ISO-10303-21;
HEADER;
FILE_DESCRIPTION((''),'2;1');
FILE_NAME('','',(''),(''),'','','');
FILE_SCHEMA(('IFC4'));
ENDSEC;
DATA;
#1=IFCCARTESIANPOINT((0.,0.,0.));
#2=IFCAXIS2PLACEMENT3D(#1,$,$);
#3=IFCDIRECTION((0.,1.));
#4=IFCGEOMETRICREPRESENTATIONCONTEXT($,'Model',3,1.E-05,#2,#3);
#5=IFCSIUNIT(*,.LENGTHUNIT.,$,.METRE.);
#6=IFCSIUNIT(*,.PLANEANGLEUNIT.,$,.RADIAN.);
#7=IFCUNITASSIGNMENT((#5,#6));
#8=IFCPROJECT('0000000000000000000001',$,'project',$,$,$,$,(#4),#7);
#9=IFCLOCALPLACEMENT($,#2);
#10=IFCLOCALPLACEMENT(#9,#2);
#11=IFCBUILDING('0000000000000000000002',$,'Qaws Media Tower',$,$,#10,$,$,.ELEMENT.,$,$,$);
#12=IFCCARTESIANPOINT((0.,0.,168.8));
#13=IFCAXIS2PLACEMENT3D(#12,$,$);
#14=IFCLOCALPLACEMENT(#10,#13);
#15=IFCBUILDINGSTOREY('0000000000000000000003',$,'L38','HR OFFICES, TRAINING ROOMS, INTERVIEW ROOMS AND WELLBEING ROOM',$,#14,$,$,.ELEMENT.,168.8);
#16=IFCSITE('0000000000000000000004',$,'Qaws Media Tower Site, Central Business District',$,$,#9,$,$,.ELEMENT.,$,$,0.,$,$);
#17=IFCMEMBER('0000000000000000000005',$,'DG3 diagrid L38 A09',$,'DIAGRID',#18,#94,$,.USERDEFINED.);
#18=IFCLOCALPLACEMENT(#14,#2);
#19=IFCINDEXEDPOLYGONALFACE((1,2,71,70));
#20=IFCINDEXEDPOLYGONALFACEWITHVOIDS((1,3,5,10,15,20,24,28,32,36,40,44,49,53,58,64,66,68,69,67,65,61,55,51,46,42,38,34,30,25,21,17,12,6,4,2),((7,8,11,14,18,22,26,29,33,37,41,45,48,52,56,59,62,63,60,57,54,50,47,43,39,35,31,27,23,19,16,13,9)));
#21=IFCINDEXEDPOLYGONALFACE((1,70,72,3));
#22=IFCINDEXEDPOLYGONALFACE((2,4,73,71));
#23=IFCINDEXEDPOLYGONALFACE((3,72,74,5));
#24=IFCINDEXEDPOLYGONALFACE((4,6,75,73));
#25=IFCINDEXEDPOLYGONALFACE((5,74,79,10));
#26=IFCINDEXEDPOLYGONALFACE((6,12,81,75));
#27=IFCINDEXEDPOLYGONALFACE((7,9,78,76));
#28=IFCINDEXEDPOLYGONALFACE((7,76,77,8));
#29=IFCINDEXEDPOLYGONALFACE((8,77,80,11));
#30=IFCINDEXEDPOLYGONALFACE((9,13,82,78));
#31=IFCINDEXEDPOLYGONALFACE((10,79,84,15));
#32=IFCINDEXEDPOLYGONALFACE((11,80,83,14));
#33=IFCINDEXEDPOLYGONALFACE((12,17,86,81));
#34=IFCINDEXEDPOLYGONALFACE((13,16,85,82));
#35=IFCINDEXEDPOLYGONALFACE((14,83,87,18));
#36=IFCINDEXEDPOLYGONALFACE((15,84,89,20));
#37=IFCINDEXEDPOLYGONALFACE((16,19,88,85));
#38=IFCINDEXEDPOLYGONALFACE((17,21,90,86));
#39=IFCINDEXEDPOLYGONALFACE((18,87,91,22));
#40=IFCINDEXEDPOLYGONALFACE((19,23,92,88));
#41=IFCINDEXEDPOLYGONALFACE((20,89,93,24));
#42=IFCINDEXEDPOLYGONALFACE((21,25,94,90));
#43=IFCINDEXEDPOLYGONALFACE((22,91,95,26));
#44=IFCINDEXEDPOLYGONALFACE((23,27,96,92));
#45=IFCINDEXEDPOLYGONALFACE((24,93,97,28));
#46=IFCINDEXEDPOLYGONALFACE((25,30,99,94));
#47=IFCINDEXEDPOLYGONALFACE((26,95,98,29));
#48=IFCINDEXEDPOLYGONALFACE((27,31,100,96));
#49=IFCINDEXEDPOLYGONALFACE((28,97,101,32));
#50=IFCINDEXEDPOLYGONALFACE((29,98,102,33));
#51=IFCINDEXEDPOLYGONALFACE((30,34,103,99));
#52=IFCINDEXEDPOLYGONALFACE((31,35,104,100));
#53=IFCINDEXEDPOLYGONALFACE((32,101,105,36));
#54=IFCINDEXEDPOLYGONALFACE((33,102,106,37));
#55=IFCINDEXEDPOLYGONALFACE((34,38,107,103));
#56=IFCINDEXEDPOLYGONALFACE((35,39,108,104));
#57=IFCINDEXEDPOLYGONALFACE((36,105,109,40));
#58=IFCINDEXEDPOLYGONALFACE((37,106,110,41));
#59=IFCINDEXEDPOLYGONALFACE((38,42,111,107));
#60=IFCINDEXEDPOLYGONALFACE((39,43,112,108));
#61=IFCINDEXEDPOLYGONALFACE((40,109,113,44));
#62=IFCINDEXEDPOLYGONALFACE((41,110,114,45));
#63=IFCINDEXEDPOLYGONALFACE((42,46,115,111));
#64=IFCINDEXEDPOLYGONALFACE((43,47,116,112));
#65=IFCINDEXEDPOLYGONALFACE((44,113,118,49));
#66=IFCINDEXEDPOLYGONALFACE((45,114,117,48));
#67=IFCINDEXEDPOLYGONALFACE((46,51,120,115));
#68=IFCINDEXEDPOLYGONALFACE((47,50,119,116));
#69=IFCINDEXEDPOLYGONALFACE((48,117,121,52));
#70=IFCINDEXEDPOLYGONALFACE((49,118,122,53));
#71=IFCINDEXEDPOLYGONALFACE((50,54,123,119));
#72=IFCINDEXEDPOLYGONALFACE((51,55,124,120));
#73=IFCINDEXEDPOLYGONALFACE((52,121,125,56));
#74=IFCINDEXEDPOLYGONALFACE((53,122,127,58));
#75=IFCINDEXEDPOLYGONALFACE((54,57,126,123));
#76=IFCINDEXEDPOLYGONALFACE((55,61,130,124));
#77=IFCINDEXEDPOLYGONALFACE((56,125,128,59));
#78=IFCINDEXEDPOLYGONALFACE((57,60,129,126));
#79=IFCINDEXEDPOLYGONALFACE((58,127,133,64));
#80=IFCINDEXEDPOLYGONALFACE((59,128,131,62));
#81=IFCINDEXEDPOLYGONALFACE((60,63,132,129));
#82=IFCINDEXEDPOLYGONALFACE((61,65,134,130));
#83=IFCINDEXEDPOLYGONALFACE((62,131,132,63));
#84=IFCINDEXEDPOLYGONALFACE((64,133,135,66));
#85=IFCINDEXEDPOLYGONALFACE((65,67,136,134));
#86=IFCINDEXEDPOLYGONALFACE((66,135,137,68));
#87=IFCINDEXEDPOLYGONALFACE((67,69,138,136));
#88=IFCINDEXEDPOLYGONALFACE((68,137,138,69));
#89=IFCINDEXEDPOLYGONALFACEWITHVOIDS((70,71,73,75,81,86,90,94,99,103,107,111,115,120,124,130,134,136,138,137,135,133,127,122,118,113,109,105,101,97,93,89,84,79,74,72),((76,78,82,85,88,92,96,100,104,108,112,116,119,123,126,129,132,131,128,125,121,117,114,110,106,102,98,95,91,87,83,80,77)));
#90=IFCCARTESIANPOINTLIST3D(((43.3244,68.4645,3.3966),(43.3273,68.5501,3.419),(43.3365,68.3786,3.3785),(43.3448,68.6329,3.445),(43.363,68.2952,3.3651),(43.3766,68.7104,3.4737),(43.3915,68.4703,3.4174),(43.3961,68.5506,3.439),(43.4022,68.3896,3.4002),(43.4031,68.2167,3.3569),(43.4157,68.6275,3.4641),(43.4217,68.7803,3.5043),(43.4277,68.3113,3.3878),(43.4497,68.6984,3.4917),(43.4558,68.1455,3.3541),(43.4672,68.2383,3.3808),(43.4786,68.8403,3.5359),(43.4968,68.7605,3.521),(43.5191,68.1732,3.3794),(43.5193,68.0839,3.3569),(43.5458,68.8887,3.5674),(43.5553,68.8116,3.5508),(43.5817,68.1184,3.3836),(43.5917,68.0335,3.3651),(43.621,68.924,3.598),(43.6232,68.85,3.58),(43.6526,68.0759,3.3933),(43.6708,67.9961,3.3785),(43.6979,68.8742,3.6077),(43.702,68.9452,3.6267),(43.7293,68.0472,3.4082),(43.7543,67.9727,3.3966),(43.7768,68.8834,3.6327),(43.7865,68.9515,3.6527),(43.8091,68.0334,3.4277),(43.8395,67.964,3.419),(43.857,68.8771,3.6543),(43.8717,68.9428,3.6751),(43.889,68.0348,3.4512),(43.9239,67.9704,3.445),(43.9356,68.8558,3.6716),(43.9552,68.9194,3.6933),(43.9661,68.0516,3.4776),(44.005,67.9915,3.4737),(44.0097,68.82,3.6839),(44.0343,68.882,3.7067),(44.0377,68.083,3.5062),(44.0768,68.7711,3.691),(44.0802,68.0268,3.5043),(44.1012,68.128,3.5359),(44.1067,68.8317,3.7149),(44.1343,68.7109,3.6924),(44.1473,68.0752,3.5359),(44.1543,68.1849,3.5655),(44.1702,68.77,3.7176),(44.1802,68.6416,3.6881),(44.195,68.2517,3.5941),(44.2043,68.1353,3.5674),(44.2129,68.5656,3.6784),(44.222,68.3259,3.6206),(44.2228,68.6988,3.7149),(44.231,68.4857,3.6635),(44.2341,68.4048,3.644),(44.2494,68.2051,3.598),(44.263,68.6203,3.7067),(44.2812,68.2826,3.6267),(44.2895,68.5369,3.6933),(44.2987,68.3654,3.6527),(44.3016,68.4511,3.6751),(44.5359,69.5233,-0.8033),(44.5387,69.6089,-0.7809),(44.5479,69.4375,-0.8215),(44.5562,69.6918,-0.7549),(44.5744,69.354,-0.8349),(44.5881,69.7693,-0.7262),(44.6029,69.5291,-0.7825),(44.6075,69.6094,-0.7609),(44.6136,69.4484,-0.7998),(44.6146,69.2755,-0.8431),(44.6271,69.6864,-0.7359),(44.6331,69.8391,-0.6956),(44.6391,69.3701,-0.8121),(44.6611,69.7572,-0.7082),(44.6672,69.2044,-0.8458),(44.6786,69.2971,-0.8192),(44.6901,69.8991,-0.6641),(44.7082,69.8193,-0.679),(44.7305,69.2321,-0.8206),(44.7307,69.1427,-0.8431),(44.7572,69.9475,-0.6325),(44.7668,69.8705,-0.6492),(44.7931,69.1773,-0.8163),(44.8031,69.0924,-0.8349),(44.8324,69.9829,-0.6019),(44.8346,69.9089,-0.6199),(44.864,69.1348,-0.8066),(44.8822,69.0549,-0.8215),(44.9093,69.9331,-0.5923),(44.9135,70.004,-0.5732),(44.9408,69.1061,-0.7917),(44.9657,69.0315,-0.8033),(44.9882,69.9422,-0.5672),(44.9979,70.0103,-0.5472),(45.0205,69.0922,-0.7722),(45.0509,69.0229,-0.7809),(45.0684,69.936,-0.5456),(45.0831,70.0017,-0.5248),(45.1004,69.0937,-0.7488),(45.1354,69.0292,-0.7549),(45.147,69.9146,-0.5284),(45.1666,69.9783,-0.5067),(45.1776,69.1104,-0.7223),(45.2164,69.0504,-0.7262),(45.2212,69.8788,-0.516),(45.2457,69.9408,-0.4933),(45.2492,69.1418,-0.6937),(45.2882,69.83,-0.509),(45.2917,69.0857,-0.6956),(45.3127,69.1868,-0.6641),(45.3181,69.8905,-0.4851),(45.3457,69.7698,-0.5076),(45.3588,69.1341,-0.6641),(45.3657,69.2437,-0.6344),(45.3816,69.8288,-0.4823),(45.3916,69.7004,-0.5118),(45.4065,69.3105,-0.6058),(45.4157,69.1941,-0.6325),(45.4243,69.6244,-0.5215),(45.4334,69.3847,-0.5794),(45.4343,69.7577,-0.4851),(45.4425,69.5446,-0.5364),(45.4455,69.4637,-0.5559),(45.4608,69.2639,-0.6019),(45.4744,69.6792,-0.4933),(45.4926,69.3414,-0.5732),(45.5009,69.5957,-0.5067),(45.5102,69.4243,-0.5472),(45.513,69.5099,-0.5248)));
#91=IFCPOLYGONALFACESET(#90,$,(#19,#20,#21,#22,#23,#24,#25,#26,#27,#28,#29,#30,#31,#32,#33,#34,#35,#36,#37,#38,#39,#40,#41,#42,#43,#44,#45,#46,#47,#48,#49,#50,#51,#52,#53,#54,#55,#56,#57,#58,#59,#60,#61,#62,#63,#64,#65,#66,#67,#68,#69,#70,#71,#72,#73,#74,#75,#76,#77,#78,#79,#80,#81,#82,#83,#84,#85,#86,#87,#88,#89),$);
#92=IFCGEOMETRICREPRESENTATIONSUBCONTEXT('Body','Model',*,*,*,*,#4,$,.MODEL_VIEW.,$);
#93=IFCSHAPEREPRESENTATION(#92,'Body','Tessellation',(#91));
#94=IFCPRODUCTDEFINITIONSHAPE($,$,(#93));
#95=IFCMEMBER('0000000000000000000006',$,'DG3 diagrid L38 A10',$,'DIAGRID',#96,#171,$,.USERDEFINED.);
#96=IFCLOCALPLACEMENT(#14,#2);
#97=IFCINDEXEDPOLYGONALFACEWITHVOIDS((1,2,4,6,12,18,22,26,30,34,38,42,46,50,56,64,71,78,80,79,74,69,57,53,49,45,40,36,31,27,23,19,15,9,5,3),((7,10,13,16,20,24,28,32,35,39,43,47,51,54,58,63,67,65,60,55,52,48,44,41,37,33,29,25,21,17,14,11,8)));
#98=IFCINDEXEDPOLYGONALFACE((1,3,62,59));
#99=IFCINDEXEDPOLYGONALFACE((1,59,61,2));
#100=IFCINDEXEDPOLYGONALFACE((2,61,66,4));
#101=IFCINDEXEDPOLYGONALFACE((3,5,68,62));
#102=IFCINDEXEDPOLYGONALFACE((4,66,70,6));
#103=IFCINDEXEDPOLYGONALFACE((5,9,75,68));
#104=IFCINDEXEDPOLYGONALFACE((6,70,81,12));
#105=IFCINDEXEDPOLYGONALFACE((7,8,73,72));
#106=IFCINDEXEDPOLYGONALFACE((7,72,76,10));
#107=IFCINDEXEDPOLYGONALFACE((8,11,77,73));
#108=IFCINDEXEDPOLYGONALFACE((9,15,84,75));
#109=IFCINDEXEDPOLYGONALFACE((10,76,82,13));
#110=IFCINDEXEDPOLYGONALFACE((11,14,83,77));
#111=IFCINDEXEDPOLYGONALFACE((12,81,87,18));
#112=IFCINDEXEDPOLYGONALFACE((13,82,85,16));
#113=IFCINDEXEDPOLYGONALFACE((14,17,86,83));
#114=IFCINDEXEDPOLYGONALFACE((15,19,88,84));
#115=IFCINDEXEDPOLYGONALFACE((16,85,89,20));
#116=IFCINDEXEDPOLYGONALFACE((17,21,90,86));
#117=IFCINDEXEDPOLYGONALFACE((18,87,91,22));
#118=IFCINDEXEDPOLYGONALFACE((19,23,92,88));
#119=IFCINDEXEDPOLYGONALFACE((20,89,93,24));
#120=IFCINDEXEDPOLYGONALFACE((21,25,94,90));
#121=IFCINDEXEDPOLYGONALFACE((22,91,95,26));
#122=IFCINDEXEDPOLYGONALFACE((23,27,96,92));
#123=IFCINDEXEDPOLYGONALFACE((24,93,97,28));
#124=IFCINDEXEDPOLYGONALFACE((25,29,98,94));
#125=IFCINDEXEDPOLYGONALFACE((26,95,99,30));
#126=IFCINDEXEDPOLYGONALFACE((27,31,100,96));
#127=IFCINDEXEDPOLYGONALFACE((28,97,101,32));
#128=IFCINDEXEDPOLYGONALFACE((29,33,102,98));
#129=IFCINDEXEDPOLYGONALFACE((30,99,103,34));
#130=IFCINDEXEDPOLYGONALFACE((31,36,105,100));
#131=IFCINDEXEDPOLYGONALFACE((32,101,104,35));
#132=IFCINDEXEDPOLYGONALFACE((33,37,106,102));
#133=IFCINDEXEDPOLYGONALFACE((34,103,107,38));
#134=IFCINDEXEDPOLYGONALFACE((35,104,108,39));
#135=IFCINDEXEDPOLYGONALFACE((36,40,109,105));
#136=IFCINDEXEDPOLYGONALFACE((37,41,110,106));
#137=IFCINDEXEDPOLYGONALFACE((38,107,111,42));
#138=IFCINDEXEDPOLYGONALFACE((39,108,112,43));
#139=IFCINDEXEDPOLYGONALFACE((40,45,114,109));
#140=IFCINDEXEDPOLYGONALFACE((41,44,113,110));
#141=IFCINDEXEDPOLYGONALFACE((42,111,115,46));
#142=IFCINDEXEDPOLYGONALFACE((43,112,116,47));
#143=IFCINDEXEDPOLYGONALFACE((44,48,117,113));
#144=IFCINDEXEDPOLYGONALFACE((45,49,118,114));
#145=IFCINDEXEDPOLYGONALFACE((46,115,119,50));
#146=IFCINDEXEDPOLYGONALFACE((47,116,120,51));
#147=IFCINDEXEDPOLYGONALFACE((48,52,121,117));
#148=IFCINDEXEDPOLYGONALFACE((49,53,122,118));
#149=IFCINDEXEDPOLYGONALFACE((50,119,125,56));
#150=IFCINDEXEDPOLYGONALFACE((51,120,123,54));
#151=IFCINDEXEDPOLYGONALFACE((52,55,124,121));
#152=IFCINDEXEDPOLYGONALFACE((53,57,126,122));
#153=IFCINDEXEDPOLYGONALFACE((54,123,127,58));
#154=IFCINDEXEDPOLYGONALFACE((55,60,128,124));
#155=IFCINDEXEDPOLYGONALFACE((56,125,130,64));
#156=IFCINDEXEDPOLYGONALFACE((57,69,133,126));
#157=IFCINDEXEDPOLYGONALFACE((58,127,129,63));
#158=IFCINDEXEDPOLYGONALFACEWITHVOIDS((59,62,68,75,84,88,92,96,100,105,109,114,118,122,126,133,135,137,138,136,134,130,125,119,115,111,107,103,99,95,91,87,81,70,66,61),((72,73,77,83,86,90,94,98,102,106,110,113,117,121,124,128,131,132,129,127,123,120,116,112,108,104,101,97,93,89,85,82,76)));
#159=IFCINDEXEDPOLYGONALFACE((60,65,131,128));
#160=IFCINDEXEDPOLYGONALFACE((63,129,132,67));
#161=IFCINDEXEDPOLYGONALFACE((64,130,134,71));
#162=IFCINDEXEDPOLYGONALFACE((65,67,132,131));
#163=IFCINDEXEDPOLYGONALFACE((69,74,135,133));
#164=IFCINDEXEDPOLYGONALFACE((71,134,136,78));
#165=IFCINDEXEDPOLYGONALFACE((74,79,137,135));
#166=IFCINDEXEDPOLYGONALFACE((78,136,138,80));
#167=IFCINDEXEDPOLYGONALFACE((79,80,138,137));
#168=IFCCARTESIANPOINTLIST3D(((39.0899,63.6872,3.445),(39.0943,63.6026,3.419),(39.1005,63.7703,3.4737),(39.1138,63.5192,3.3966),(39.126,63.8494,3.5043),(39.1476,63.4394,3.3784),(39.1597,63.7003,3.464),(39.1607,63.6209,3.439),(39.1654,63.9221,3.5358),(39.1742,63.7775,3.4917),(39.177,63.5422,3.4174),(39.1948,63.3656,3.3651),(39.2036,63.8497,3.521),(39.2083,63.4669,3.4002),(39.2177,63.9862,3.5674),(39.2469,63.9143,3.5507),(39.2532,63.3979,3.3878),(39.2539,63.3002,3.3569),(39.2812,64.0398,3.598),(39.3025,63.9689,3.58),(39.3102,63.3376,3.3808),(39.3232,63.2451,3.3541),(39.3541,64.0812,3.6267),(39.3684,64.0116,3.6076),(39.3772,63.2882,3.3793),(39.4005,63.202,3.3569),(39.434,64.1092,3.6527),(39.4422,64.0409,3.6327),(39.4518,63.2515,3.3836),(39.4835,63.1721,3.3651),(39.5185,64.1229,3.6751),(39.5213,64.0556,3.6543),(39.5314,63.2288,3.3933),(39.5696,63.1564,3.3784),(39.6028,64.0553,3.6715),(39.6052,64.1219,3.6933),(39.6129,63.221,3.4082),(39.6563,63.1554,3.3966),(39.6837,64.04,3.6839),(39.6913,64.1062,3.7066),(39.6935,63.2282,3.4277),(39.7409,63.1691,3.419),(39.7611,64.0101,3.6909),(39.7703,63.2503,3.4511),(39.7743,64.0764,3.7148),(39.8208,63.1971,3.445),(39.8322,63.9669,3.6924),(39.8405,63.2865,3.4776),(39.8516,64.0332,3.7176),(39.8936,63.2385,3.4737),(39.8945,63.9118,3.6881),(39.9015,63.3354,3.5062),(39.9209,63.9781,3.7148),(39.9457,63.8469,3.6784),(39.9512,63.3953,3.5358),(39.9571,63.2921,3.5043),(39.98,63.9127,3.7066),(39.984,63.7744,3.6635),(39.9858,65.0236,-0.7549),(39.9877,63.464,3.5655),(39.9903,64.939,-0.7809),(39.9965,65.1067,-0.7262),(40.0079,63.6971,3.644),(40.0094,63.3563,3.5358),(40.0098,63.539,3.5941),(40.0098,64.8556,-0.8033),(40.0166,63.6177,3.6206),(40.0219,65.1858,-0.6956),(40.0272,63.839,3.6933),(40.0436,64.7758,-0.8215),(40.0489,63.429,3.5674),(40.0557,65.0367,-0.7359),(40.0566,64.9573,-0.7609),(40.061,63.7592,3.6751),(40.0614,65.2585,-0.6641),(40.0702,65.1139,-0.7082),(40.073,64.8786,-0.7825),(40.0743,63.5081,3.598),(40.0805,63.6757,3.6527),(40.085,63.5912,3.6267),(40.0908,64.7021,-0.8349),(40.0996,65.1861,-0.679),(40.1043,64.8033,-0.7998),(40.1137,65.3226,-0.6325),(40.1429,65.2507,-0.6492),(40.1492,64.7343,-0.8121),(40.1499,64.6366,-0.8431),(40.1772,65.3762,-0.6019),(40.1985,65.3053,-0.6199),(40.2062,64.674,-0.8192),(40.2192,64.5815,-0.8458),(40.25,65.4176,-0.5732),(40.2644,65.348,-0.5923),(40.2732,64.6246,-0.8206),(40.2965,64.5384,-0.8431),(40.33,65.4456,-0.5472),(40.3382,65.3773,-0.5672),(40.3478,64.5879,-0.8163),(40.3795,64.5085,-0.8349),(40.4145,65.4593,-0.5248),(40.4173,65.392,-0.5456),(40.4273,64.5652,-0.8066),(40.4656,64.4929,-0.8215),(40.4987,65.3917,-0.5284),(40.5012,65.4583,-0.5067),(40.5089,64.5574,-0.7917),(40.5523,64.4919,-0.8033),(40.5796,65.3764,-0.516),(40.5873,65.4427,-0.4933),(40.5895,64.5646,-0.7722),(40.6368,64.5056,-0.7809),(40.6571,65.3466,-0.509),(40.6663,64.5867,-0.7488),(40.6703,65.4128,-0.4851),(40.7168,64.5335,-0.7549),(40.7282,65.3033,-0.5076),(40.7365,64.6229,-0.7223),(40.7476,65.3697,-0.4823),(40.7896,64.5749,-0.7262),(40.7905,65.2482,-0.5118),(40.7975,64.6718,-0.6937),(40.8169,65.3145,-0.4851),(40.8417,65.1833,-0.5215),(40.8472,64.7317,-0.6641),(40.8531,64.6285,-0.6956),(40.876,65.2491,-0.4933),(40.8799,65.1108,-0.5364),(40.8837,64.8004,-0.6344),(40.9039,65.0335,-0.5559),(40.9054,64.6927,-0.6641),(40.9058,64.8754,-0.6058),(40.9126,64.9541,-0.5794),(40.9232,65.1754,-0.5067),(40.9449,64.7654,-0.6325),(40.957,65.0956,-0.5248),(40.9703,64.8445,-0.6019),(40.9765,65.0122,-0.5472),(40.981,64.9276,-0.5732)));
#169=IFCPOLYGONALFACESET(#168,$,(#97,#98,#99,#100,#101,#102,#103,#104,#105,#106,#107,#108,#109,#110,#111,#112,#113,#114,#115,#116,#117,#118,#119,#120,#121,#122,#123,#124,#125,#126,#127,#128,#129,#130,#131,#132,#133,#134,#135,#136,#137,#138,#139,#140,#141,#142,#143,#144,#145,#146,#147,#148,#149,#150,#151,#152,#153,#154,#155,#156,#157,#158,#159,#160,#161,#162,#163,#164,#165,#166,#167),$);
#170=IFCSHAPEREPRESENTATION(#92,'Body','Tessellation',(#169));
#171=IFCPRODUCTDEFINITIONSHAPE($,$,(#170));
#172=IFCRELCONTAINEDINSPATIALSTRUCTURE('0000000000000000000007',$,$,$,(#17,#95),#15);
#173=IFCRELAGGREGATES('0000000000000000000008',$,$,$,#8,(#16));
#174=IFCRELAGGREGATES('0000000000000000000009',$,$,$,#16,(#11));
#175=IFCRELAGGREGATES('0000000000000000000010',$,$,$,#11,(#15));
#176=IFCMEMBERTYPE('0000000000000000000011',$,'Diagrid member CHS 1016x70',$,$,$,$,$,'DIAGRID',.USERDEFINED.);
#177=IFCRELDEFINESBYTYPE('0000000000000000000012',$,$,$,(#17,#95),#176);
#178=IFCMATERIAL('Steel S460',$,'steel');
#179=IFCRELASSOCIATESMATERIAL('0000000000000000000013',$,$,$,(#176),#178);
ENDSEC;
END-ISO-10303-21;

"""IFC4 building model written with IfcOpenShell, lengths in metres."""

from ifc_helpers import new_model, si_unit, direction, frame, origin, origin_2d, place, context, subcontext, project, spatial, hollow_circle, extrude, material, material_profile, profile_set, type_object, element, save


model = new_model("IFC4")

# Units and contexts
model_context = context("Model", 3, precision=1e-05, world=origin(), true_north=direction((0.0, 1.0)))
body_context = subcontext(model_context, "Body", "Model", "MODEL_VIEW")
ifc_project = project(units=[si_unit("LENGTHUNIT", "METRE"), si_unit("PLANEANGLEUNIT", "RADIAN")], contexts=[model_context])

# Site, building, storey
site_placement = place(None, origin())
site = spatial("IfcSite", under=ifc_project, at=site_placement, Name="Qaws Media Tower Site, Central Business District", CompositionType="ELEMENT", RefElevation=0.0)
building_placement = place(site_placement, origin())
building = spatial("IfcBuilding", under=site, at=building_placement, Name="Qaws Media Tower", CompositionType="ELEMENT")
storey_placement = place(building_placement, frame((0.0, 0.0, 168.8)))
storey = spatial("IfcBuildingStorey", under=building, at=storey_placement, Name="L38", Description="HR OFFICES, TRAINING ROOMS, INTERVIEW ROOMS AND WELLBEING ROOM", CompositionType="ELEMENT", Elevation=168.8)

# Members
ifc_material_1 = material(Name="Steel S460", Category="steel")
ifc_material_profile_1 = material_profile(ifc_material_1, hollow_circle(Radius=0.5081, WallThickness=0.0701, at=origin_2d()), Name="CHS 1016x70")
ifc_profile_set_1 = profile_set([ifc_material_profile_1], Name="Steel S460")
member_type_1 = type_object("IfcMemberType", Name="Diagrid member CHS 1016x70", ElementType="DIAGRID", PredefinedType="USERDEFINED", material=ifc_profile_set_1)
for number, where, z_axis, x_axis, name in (
    (1, (45.0244, 69.5166, -0.6641), (-0.26935, -0.235424, 0.933823), (0.658096, -0.752934, 0.0), "DG3 diagrid L38 A09"),
    (2, (40.4834, 64.9756, -0.6641), (-0.199216, -0.297142, 0.93382), (0.8306, -0.556869, 0.0), "DG3 diagrid L38 A10"),
):
    element("IfcMember", number, at=place(storey_placement, frame(where, z_axis=z_axis, x_axis=x_axis)), inside=storey, type_object=member_type_1, Name=name, ObjectType="DIAGRID", PredefinedType="USERDEFINED", context=body_context, shape_type="SweptSolid", body=[
        extrude(hollow_circle(Radius=0.5081, WallThickness=0.0701, at=origin_2d()), origin(), (0.0, 0.0, 1.0), 4.4976),
    ])

save(model, "model.ifc")
